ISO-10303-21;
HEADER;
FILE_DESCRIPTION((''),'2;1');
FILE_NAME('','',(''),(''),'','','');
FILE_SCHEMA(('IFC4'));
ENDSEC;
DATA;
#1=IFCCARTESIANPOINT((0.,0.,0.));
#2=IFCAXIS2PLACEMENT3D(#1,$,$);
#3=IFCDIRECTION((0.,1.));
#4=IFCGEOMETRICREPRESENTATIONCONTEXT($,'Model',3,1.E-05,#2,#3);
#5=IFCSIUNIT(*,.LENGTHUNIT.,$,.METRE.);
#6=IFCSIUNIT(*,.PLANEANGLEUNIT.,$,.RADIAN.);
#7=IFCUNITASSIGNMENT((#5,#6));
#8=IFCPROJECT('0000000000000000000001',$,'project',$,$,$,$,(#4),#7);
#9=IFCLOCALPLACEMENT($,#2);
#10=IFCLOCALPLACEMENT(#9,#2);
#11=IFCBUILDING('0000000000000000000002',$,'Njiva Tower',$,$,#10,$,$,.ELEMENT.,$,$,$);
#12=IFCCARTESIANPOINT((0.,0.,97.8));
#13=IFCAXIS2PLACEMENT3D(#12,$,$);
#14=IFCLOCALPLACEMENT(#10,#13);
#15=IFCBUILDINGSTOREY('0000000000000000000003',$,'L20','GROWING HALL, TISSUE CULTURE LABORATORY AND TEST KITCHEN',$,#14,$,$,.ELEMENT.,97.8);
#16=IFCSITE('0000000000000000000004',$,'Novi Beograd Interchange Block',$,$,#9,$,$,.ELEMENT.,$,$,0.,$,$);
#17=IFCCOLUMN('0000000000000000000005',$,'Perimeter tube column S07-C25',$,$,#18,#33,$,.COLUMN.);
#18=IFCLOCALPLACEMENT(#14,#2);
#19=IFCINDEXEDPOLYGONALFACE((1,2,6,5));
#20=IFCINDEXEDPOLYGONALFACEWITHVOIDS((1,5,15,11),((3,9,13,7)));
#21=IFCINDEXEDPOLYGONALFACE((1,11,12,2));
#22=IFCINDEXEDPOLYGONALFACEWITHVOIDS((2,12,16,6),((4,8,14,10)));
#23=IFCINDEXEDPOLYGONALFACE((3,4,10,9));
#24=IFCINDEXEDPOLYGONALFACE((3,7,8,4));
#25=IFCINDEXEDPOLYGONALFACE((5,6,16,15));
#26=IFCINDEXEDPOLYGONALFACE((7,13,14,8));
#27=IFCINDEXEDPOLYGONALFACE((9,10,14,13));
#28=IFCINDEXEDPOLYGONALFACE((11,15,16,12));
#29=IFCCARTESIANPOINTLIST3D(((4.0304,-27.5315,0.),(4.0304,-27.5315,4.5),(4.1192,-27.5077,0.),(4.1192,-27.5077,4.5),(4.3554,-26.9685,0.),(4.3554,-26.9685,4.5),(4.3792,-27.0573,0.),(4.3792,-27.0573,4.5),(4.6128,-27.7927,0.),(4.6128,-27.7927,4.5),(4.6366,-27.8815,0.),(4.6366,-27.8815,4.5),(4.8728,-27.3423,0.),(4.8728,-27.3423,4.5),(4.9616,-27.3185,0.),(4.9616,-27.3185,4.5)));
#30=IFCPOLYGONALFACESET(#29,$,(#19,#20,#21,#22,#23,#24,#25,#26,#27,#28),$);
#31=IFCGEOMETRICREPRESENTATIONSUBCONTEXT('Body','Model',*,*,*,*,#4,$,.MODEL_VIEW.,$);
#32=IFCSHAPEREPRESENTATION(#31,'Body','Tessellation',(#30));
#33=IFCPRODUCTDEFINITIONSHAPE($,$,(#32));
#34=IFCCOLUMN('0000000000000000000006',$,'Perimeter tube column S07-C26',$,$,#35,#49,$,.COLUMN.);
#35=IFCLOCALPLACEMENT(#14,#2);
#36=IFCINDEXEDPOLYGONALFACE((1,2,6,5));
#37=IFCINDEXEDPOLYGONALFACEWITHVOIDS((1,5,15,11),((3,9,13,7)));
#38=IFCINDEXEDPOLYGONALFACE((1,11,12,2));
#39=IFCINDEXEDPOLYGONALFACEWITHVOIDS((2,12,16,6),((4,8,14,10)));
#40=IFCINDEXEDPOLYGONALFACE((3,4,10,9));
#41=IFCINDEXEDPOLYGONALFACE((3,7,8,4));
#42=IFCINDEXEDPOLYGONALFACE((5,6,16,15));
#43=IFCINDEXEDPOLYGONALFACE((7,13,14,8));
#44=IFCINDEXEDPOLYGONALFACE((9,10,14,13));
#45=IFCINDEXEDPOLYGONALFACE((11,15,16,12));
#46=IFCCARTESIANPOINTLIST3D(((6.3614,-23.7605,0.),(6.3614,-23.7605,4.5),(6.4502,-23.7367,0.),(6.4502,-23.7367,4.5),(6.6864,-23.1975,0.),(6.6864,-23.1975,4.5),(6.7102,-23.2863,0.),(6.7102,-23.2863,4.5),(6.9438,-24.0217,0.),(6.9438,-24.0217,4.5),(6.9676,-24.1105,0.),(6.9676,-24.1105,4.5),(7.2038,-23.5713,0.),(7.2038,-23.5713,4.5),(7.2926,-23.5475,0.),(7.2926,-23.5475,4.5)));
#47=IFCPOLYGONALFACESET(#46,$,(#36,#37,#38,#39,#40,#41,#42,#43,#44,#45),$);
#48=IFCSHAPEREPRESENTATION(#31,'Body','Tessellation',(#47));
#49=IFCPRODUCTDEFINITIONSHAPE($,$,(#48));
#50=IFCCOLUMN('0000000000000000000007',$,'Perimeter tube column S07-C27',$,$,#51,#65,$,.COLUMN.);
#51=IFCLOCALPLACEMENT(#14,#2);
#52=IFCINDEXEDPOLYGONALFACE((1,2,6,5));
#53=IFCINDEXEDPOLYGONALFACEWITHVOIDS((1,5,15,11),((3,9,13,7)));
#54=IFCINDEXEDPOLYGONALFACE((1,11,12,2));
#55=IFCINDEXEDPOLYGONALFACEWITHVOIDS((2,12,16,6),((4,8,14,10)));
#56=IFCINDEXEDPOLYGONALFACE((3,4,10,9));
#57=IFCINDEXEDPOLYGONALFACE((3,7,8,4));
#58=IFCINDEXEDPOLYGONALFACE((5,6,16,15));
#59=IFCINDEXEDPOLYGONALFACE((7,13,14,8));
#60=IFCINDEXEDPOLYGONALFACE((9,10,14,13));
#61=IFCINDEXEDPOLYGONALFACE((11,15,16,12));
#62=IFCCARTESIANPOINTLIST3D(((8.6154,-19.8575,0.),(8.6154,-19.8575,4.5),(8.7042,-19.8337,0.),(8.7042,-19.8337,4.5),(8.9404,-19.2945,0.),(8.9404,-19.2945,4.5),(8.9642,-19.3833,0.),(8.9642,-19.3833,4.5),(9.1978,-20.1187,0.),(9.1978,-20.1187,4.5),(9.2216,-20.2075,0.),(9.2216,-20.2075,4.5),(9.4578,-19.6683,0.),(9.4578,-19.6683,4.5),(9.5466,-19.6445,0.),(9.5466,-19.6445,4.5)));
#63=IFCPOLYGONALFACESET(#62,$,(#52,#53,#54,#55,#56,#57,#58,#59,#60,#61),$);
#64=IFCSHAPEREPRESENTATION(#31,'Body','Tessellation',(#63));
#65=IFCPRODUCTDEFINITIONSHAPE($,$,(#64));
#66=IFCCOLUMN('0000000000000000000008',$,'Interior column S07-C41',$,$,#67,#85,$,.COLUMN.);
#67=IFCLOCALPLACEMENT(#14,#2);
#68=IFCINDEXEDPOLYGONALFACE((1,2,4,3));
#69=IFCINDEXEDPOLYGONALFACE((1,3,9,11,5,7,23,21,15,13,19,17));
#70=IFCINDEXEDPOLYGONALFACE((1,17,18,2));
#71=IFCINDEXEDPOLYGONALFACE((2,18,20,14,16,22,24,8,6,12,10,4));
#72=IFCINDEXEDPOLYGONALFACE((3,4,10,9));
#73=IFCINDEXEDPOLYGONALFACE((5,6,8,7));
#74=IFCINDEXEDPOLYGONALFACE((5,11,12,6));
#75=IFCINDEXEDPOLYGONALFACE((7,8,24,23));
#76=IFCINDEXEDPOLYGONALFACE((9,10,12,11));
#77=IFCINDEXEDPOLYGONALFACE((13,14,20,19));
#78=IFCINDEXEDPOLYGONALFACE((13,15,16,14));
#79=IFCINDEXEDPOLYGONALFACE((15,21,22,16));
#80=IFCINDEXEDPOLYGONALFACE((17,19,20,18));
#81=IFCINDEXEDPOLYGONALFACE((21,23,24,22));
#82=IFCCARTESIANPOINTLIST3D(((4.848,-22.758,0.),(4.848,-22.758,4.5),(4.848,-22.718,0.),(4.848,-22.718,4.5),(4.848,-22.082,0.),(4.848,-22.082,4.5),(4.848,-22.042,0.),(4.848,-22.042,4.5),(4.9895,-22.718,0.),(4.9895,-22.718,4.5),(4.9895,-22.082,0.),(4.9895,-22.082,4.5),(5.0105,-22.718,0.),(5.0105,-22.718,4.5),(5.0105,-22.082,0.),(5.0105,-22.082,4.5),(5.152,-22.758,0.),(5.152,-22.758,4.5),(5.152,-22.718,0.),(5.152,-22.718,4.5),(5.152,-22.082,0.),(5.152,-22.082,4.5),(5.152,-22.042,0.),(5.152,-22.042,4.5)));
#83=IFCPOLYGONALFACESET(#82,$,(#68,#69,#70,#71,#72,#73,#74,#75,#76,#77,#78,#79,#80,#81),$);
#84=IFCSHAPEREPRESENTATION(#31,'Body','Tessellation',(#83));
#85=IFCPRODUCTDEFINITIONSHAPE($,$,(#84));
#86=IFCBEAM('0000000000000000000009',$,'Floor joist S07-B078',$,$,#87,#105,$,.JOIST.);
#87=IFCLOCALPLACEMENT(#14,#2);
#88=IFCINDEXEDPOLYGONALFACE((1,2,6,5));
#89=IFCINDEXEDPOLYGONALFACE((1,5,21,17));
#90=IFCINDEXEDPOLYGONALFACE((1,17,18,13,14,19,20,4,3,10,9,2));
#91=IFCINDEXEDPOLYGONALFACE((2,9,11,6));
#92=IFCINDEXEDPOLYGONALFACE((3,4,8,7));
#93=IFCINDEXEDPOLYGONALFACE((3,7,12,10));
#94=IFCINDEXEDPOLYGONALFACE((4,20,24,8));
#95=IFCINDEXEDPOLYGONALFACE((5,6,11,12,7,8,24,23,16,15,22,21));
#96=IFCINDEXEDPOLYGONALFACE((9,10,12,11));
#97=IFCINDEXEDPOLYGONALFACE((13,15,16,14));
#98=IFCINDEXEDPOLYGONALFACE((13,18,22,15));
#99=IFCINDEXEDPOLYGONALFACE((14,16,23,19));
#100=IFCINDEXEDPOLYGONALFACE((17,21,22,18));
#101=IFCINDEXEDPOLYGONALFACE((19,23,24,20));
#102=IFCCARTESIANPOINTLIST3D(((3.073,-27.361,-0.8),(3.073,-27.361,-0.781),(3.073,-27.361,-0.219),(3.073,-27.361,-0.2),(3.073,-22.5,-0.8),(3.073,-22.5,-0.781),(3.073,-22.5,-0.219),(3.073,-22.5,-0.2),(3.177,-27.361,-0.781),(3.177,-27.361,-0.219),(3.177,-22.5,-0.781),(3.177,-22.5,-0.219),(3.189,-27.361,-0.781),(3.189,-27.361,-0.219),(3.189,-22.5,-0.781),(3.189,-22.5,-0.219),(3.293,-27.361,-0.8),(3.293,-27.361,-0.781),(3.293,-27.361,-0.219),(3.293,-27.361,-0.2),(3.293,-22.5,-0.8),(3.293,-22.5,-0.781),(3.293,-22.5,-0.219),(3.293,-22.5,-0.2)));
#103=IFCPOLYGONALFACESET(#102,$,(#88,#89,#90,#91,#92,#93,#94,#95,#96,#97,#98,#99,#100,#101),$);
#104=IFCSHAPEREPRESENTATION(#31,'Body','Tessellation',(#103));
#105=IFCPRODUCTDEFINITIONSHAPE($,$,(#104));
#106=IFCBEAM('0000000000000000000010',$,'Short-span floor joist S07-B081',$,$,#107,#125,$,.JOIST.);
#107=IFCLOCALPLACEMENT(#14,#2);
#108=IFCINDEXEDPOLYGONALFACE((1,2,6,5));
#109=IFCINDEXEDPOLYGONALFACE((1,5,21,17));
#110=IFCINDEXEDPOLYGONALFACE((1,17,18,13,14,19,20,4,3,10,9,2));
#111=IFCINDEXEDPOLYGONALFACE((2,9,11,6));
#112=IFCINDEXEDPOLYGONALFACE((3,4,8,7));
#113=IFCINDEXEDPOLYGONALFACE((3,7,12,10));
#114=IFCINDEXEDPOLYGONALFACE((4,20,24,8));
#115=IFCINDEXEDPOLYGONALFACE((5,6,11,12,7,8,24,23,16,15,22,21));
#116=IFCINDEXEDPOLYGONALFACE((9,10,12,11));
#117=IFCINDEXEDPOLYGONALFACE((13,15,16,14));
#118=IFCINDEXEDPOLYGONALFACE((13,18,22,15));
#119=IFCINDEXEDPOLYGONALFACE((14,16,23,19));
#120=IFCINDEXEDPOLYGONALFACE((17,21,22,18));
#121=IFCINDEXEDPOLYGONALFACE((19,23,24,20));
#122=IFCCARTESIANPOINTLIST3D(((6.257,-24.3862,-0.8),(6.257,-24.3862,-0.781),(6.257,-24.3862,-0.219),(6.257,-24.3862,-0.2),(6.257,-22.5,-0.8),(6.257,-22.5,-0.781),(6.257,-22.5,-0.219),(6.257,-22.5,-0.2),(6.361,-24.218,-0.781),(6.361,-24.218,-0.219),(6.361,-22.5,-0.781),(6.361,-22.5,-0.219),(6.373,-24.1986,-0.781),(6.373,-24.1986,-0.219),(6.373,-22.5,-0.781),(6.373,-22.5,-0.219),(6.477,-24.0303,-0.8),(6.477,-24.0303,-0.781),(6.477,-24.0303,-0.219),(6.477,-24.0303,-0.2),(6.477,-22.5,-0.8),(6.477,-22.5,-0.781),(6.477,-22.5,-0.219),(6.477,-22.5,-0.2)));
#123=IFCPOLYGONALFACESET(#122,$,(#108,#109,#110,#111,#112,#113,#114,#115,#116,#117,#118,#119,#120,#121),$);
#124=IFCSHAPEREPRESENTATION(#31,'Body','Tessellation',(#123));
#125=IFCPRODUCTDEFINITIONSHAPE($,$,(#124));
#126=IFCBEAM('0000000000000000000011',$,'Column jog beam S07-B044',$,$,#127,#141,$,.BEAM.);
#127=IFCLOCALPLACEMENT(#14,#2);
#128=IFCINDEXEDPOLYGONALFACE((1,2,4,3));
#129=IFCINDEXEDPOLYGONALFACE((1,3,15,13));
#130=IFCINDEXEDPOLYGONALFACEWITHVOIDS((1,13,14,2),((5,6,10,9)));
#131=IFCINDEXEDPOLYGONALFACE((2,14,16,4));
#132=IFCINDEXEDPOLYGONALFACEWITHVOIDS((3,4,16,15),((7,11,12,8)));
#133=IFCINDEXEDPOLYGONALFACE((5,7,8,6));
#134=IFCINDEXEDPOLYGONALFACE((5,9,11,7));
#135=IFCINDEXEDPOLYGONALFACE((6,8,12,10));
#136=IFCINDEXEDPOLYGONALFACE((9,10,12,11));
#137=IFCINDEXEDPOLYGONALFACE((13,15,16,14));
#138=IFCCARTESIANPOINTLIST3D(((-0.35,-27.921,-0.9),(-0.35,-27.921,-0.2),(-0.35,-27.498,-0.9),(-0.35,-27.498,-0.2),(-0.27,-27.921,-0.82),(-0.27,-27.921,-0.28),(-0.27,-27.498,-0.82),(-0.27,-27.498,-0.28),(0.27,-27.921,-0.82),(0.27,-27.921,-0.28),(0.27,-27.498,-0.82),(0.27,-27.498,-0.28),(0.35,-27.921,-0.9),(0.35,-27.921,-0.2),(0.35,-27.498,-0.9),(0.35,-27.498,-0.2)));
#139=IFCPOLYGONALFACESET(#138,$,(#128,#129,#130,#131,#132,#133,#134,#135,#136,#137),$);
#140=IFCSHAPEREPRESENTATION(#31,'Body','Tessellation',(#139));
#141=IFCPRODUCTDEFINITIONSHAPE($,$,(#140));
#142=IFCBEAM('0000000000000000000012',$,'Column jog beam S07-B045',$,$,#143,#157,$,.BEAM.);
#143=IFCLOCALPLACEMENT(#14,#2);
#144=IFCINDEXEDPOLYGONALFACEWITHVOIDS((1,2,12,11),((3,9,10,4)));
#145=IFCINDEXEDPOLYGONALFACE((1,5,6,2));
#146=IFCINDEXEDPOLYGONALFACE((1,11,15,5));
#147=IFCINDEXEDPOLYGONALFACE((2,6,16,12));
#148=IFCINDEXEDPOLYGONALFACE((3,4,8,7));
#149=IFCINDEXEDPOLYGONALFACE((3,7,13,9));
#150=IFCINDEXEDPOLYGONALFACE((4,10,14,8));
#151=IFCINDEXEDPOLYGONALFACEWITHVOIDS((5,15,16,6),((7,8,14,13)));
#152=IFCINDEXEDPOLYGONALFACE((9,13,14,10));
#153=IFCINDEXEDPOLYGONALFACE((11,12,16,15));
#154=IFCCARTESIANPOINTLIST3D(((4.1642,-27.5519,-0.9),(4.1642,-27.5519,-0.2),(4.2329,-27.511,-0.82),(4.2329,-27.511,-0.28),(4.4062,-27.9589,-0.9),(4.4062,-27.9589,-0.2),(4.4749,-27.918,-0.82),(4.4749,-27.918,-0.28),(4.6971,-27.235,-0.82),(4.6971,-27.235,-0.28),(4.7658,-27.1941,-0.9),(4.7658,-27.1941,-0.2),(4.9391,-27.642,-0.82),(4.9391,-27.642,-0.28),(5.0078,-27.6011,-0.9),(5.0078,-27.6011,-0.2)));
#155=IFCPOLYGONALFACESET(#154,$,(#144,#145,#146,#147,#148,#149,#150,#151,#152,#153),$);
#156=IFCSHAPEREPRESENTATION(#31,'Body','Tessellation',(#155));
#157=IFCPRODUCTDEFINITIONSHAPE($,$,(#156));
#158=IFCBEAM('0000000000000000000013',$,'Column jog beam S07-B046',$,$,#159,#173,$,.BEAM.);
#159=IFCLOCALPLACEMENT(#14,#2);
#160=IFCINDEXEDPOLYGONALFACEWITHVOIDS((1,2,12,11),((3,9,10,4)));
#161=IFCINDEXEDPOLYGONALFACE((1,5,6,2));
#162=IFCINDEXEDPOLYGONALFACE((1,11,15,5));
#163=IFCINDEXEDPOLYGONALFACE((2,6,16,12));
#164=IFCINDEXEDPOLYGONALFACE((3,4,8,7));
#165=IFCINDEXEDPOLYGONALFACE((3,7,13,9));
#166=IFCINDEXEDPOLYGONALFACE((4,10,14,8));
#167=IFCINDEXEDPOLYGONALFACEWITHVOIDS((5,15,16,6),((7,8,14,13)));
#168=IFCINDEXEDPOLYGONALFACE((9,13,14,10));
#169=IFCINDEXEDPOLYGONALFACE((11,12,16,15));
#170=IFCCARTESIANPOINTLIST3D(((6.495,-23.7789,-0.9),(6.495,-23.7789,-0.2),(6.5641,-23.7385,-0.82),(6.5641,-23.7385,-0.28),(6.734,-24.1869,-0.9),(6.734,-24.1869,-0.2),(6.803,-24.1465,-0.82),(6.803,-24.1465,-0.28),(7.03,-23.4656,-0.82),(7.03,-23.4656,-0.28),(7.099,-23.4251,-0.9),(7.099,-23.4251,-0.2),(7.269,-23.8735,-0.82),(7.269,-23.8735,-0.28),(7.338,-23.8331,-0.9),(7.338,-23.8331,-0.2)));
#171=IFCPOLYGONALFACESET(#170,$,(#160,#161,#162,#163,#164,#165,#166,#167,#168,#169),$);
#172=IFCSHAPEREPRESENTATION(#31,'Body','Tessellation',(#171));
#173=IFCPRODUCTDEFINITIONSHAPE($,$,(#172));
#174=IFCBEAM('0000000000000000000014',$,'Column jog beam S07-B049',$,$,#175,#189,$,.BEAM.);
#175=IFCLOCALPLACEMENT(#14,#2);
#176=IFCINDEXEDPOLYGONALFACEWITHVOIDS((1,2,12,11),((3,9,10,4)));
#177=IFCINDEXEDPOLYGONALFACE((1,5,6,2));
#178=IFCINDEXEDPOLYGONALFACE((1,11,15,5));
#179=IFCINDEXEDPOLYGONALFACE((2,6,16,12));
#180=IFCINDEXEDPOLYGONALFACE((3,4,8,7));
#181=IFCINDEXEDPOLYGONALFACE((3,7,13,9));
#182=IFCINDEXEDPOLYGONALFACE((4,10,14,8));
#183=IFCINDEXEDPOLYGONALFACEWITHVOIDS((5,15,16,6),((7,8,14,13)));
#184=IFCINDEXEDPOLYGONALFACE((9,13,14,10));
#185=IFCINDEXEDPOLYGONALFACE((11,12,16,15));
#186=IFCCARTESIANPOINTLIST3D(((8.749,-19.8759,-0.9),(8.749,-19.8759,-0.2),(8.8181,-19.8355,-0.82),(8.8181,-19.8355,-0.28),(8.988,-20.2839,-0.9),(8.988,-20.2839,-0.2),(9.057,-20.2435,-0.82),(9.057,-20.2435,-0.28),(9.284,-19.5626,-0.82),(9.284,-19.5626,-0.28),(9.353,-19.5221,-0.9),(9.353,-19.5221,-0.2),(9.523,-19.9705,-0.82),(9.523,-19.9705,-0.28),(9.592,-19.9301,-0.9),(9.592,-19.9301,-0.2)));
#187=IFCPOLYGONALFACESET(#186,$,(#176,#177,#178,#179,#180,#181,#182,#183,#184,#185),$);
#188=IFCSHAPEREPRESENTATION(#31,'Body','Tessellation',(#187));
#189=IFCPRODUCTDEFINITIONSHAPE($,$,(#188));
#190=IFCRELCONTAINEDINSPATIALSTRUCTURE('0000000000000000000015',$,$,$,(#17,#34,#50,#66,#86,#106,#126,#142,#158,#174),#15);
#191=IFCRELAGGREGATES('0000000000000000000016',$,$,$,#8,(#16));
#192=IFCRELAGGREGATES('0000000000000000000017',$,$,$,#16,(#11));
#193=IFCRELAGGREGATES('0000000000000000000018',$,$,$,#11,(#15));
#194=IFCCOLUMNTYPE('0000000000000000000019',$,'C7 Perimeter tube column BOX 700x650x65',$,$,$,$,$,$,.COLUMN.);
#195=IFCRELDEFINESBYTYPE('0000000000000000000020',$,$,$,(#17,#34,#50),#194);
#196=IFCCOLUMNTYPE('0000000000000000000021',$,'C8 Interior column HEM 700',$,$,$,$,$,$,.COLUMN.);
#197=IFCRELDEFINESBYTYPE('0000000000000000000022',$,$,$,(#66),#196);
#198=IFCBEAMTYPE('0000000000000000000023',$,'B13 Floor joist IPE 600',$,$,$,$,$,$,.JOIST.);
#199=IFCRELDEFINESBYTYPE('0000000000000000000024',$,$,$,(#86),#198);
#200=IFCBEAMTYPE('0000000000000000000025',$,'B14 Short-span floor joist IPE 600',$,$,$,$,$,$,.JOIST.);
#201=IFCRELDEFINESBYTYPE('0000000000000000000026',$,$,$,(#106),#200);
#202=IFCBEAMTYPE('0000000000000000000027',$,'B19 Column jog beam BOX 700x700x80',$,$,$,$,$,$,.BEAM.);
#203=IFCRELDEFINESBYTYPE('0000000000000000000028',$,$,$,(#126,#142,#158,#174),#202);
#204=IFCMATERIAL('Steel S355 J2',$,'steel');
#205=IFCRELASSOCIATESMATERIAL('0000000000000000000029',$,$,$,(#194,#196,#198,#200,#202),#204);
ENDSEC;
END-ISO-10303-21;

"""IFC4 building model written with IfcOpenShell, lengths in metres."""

from ifc_helpers import new_model, si_unit, direction, frame, origin, origin_2d, place, context, subcontext, project, spatial, hollow_rectangle, i_section, extrude, clip, halfspace, material, material_profile, profile_set, type_object, element, save


model = new_model("IFC4")

# Units and contexts
model_context = context("Model", 3, precision=1e-05, world=origin(), true_north=direction((0.0, 1.0)))
body_context = subcontext(model_context, "Body", "Model", "MODEL_VIEW")
ifc_project = project(units=[si_unit("LENGTHUNIT", "METRE"), si_unit("PLANEANGLEUNIT", "RADIAN")], contexts=[model_context])

# Site, building, storey
site_placement = place(None, origin())
site = spatial("IfcSite", under=ifc_project, at=site_placement, Name="Novi Beograd Interchange Block", CompositionType="ELEMENT", RefElevation=0.0)
building_placement = place(site_placement, origin())
building = spatial("IfcBuilding", under=site, at=building_placement, Name="Njiva Tower", CompositionType="ELEMENT")
storey_placement = place(building_placement, frame((0.0, 0.0, 97.8)))
storey = spatial("IfcBuildingStorey", under=building, at=storey_placement, Name="L20", Description="GROWING HALL, TISSUE CULTURE LABORATORY AND TEST KITCHEN", CompositionType="ELEMENT", Elevation=97.8)

# Columns
ifc_material_1 = material(Name="Steel S355 J2", Category="steel")
ifc_material_profile_1 = material_profile(ifc_material_1, hollow_rectangle(XDim=0.65, YDim=0.7, WallThickness=0.065, at=origin_2d()), Name="BOX 700x650x65")
ifc_profile_set_1 = profile_set([ifc_material_profile_1], Name="Steel S355 J2")
column_type_1 = type_object("IfcColumnType", Name="C7 Perimeter tube column BOX 700x650x65", PredefinedType="COLUMN", material=ifc_profile_set_1)
for number, where, z_axis, x_axis, name in (
    (1, (4.496, -27.425, 0.0), (0.0, 0.0, 1.0), (0.5, 0.866025, 0.0), "Perimeter tube column S07-C25"),
    (2, (6.827, -23.654, 0.0), (0.0, 0.0, 1.0), (0.5, 0.866025, 0.0), "Perimeter tube column S07-C26"),
    (3, (9.081, -19.751, 0.0), (0.0, 0.0, 1.0), (0.5, 0.866025, 0.0), "Perimeter tube column S07-C27"),
):
    element("IfcColumn", number, at=place(storey_placement, frame(where, z_axis=z_axis, x_axis=x_axis)), inside=storey, type_object=column_type_1, Name=name, PredefinedType="COLUMN", context=body_context, shape_type="SweptSolid", body=[
        extrude(hollow_rectangle(XDim=0.65, YDim=0.7, WallThickness=0.065, at=origin_2d()), origin(), (0.0, 0.0, 1.0), 4.5),
    ])
ifc_material_profile_2 = material_profile(ifc_material_1, i_section(OverallWidth=0.304, OverallDepth=0.716, WebThickness=0.021, FlangeThickness=0.04, at=origin_2d()), Name="HEM 700")
ifc_profile_set_2 = profile_set([ifc_material_profile_2], Name="Steel S355 J2")
column_type_2 = type_object("IfcColumnType", Name="C8 Interior column HEM 700", PredefinedType="COLUMN", material=ifc_profile_set_2)
column_placement = place(storey_placement, frame((5.0, -22.4, 0.0), z_axis=(0.0, 0.0, 1.0), x_axis=(1.0, 0.0, 0.0)))
element("IfcColumn", 4, at=column_placement, inside=storey, type_object=column_type_2, Name="Interior column S07-C41", PredefinedType="COLUMN", context=body_context, shape_type="SweptSolid", body=[
    extrude(i_section(OverallWidth=0.304, OverallDepth=0.716, WebThickness=0.021, FlangeThickness=0.04, at=origin_2d()), origin(), (0.0, 0.0, 1.0), 4.5),
])

# Beams
ifc_material_profile_3 = material_profile(ifc_material_1, i_section(OverallWidth=0.22, OverallDepth=0.6, WebThickness=0.012, FlangeThickness=0.019, at=origin_2d()), Name="IPE 600")
ifc_profile_set_3 = profile_set([ifc_material_profile_3], Name="Steel S355 J2")
beam_type_1 = type_object("IfcBeamType", Name="B13 Floor joist IPE 600", PredefinedType="JOIST", material=ifc_profile_set_3)
beam_1_placement = place(storey_placement, frame((3.183, -22.5, -0.5), z_axis=(0.0, -1.0, 0.0), x_axis=(1.0, 0.0, 0.0)))
element("IfcBeam", 5, at=beam_1_placement, inside=storey, type_object=beam_type_1, Name="Floor joist S07-B078", PredefinedType="JOIST", context=body_context, shape_type="SweptSolid", body=[
    extrude(i_section(OverallWidth=0.22, OverallDepth=0.6, WebThickness=0.012, FlangeThickness=0.019, at=origin_2d()), origin(), (0.0, 0.0, 1.0), 4.861),
])
ifc_material_profile_4 = material_profile(ifc_material_1, i_section(OverallWidth=0.22, OverallDepth=0.6, WebThickness=0.012, FlangeThickness=0.019, at=origin_2d()), Name="IPE 600")
ifc_profile_set_4 = profile_set([ifc_material_profile_4], Name="Steel S355 J2")
beam_type_2 = type_object("IfcBeamType", Name="B14 Short-span floor joist IPE 600", PredefinedType="JOIST", material=ifc_profile_set_4)
beam_2_placement = place(storey_placement, frame((6.367, -22.5, -0.5), z_axis=(0.0, -1.0, 0.0), x_axis=(1.0, 0.0, 0.0)))
element("IfcBeam", 6, at=beam_2_placement, inside=storey, type_object=beam_type_2, Name="Short-span floor joist S07-B081", PredefinedType="JOIST", context=body_context, shape_type="Clipping", body=[
    clip(extrude(i_section(OverallWidth=0.22, OverallDepth=0.6, WebThickness=0.012, FlangeThickness=0.019, at=origin_2d()), origin(), (0.0, 0.0, 1.0), 1.907), halfspace(frame((0.0422, 0.0, 1.64), z_axis=(0.85062, 0.0, 0.52578), x_axis=(0.0, 1.0, 0.0)), False)),
])
ifc_material_profile_5 = material_profile(ifc_material_1, hollow_rectangle(XDim=0.7, YDim=0.7, WallThickness=0.08, at=origin_2d()), Name="BOX 700x700x80")
ifc_profile_set_5 = profile_set([ifc_material_profile_5], Name="Steel S355 J2")
beam_type_3 = type_object("IfcBeamType", Name="B19 Column jog beam BOX 700x700x80", PredefinedType="BEAM", material=ifc_profile_set_5)
beam_3_placement = place(storey_placement, frame((0.0, -27.921, -0.55), z_axis=(0.0, 1.0, 0.0), x_axis=(-1.0, 0.0, 0.0)))
element("IfcBeam", 7, at=beam_3_placement, inside=storey, type_object=beam_type_3, Name="Column jog beam S07-B044", PredefinedType="BEAM", context=body_context, shape_type="SweptSolid", body=[
    extrude(hollow_rectangle(XDim=0.7, YDim=0.7, WallThickness=0.08, at=origin_2d()), origin(), (0.0, 0.0, 1.0), 0.423),
])
beam_4_placement = place(storey_placement, frame((4.707, -27.78, -0.55), z_axis=(-0.511075, 0.859536, 0.0), x_axis=(-0.859536, -0.511075, 0.0)))
element("IfcBeam", 8, at=beam_4_placement, inside=storey, type_object=beam_type_3, Name="Column jog beam S07-B045", PredefinedType="BEAM", context=body_context, shape_type="SweptSolid", body=[
    extrude(hollow_rectangle(XDim=0.7, YDim=0.7, WallThickness=0.08, at=origin_2d()), origin(), (0.0, 0.0, 1.0), 0.4735),
])
for number, where, z_axis, x_axis, name in (
    (9, (7.036, -24.01, -0.55), (-0.505448, 0.862857, 0.0), (-0.862857, -0.505448, 0.0), "Column jog beam S07-B046"),
    (10, (9.29, -20.107, -0.55), (-0.505448, 0.862857, 0.0), (-0.862857, -0.505448, 0.0), "Column jog beam S07-B049"),
):
    element("IfcBeam", number, at=place(storey_placement, frame(where, z_axis=z_axis, x_axis=x_axis)), inside=storey, type_object=beam_type_3, Name=name, PredefinedType="BEAM", context=body_context, shape_type="SweptSolid", body=[
        extrude(hollow_rectangle(XDim=0.7, YDim=0.7, WallThickness=0.08, at=origin_2d()), origin(), (0.0, 0.0, 1.0), 0.4728),
    ])

save(model, "model.ifc")
